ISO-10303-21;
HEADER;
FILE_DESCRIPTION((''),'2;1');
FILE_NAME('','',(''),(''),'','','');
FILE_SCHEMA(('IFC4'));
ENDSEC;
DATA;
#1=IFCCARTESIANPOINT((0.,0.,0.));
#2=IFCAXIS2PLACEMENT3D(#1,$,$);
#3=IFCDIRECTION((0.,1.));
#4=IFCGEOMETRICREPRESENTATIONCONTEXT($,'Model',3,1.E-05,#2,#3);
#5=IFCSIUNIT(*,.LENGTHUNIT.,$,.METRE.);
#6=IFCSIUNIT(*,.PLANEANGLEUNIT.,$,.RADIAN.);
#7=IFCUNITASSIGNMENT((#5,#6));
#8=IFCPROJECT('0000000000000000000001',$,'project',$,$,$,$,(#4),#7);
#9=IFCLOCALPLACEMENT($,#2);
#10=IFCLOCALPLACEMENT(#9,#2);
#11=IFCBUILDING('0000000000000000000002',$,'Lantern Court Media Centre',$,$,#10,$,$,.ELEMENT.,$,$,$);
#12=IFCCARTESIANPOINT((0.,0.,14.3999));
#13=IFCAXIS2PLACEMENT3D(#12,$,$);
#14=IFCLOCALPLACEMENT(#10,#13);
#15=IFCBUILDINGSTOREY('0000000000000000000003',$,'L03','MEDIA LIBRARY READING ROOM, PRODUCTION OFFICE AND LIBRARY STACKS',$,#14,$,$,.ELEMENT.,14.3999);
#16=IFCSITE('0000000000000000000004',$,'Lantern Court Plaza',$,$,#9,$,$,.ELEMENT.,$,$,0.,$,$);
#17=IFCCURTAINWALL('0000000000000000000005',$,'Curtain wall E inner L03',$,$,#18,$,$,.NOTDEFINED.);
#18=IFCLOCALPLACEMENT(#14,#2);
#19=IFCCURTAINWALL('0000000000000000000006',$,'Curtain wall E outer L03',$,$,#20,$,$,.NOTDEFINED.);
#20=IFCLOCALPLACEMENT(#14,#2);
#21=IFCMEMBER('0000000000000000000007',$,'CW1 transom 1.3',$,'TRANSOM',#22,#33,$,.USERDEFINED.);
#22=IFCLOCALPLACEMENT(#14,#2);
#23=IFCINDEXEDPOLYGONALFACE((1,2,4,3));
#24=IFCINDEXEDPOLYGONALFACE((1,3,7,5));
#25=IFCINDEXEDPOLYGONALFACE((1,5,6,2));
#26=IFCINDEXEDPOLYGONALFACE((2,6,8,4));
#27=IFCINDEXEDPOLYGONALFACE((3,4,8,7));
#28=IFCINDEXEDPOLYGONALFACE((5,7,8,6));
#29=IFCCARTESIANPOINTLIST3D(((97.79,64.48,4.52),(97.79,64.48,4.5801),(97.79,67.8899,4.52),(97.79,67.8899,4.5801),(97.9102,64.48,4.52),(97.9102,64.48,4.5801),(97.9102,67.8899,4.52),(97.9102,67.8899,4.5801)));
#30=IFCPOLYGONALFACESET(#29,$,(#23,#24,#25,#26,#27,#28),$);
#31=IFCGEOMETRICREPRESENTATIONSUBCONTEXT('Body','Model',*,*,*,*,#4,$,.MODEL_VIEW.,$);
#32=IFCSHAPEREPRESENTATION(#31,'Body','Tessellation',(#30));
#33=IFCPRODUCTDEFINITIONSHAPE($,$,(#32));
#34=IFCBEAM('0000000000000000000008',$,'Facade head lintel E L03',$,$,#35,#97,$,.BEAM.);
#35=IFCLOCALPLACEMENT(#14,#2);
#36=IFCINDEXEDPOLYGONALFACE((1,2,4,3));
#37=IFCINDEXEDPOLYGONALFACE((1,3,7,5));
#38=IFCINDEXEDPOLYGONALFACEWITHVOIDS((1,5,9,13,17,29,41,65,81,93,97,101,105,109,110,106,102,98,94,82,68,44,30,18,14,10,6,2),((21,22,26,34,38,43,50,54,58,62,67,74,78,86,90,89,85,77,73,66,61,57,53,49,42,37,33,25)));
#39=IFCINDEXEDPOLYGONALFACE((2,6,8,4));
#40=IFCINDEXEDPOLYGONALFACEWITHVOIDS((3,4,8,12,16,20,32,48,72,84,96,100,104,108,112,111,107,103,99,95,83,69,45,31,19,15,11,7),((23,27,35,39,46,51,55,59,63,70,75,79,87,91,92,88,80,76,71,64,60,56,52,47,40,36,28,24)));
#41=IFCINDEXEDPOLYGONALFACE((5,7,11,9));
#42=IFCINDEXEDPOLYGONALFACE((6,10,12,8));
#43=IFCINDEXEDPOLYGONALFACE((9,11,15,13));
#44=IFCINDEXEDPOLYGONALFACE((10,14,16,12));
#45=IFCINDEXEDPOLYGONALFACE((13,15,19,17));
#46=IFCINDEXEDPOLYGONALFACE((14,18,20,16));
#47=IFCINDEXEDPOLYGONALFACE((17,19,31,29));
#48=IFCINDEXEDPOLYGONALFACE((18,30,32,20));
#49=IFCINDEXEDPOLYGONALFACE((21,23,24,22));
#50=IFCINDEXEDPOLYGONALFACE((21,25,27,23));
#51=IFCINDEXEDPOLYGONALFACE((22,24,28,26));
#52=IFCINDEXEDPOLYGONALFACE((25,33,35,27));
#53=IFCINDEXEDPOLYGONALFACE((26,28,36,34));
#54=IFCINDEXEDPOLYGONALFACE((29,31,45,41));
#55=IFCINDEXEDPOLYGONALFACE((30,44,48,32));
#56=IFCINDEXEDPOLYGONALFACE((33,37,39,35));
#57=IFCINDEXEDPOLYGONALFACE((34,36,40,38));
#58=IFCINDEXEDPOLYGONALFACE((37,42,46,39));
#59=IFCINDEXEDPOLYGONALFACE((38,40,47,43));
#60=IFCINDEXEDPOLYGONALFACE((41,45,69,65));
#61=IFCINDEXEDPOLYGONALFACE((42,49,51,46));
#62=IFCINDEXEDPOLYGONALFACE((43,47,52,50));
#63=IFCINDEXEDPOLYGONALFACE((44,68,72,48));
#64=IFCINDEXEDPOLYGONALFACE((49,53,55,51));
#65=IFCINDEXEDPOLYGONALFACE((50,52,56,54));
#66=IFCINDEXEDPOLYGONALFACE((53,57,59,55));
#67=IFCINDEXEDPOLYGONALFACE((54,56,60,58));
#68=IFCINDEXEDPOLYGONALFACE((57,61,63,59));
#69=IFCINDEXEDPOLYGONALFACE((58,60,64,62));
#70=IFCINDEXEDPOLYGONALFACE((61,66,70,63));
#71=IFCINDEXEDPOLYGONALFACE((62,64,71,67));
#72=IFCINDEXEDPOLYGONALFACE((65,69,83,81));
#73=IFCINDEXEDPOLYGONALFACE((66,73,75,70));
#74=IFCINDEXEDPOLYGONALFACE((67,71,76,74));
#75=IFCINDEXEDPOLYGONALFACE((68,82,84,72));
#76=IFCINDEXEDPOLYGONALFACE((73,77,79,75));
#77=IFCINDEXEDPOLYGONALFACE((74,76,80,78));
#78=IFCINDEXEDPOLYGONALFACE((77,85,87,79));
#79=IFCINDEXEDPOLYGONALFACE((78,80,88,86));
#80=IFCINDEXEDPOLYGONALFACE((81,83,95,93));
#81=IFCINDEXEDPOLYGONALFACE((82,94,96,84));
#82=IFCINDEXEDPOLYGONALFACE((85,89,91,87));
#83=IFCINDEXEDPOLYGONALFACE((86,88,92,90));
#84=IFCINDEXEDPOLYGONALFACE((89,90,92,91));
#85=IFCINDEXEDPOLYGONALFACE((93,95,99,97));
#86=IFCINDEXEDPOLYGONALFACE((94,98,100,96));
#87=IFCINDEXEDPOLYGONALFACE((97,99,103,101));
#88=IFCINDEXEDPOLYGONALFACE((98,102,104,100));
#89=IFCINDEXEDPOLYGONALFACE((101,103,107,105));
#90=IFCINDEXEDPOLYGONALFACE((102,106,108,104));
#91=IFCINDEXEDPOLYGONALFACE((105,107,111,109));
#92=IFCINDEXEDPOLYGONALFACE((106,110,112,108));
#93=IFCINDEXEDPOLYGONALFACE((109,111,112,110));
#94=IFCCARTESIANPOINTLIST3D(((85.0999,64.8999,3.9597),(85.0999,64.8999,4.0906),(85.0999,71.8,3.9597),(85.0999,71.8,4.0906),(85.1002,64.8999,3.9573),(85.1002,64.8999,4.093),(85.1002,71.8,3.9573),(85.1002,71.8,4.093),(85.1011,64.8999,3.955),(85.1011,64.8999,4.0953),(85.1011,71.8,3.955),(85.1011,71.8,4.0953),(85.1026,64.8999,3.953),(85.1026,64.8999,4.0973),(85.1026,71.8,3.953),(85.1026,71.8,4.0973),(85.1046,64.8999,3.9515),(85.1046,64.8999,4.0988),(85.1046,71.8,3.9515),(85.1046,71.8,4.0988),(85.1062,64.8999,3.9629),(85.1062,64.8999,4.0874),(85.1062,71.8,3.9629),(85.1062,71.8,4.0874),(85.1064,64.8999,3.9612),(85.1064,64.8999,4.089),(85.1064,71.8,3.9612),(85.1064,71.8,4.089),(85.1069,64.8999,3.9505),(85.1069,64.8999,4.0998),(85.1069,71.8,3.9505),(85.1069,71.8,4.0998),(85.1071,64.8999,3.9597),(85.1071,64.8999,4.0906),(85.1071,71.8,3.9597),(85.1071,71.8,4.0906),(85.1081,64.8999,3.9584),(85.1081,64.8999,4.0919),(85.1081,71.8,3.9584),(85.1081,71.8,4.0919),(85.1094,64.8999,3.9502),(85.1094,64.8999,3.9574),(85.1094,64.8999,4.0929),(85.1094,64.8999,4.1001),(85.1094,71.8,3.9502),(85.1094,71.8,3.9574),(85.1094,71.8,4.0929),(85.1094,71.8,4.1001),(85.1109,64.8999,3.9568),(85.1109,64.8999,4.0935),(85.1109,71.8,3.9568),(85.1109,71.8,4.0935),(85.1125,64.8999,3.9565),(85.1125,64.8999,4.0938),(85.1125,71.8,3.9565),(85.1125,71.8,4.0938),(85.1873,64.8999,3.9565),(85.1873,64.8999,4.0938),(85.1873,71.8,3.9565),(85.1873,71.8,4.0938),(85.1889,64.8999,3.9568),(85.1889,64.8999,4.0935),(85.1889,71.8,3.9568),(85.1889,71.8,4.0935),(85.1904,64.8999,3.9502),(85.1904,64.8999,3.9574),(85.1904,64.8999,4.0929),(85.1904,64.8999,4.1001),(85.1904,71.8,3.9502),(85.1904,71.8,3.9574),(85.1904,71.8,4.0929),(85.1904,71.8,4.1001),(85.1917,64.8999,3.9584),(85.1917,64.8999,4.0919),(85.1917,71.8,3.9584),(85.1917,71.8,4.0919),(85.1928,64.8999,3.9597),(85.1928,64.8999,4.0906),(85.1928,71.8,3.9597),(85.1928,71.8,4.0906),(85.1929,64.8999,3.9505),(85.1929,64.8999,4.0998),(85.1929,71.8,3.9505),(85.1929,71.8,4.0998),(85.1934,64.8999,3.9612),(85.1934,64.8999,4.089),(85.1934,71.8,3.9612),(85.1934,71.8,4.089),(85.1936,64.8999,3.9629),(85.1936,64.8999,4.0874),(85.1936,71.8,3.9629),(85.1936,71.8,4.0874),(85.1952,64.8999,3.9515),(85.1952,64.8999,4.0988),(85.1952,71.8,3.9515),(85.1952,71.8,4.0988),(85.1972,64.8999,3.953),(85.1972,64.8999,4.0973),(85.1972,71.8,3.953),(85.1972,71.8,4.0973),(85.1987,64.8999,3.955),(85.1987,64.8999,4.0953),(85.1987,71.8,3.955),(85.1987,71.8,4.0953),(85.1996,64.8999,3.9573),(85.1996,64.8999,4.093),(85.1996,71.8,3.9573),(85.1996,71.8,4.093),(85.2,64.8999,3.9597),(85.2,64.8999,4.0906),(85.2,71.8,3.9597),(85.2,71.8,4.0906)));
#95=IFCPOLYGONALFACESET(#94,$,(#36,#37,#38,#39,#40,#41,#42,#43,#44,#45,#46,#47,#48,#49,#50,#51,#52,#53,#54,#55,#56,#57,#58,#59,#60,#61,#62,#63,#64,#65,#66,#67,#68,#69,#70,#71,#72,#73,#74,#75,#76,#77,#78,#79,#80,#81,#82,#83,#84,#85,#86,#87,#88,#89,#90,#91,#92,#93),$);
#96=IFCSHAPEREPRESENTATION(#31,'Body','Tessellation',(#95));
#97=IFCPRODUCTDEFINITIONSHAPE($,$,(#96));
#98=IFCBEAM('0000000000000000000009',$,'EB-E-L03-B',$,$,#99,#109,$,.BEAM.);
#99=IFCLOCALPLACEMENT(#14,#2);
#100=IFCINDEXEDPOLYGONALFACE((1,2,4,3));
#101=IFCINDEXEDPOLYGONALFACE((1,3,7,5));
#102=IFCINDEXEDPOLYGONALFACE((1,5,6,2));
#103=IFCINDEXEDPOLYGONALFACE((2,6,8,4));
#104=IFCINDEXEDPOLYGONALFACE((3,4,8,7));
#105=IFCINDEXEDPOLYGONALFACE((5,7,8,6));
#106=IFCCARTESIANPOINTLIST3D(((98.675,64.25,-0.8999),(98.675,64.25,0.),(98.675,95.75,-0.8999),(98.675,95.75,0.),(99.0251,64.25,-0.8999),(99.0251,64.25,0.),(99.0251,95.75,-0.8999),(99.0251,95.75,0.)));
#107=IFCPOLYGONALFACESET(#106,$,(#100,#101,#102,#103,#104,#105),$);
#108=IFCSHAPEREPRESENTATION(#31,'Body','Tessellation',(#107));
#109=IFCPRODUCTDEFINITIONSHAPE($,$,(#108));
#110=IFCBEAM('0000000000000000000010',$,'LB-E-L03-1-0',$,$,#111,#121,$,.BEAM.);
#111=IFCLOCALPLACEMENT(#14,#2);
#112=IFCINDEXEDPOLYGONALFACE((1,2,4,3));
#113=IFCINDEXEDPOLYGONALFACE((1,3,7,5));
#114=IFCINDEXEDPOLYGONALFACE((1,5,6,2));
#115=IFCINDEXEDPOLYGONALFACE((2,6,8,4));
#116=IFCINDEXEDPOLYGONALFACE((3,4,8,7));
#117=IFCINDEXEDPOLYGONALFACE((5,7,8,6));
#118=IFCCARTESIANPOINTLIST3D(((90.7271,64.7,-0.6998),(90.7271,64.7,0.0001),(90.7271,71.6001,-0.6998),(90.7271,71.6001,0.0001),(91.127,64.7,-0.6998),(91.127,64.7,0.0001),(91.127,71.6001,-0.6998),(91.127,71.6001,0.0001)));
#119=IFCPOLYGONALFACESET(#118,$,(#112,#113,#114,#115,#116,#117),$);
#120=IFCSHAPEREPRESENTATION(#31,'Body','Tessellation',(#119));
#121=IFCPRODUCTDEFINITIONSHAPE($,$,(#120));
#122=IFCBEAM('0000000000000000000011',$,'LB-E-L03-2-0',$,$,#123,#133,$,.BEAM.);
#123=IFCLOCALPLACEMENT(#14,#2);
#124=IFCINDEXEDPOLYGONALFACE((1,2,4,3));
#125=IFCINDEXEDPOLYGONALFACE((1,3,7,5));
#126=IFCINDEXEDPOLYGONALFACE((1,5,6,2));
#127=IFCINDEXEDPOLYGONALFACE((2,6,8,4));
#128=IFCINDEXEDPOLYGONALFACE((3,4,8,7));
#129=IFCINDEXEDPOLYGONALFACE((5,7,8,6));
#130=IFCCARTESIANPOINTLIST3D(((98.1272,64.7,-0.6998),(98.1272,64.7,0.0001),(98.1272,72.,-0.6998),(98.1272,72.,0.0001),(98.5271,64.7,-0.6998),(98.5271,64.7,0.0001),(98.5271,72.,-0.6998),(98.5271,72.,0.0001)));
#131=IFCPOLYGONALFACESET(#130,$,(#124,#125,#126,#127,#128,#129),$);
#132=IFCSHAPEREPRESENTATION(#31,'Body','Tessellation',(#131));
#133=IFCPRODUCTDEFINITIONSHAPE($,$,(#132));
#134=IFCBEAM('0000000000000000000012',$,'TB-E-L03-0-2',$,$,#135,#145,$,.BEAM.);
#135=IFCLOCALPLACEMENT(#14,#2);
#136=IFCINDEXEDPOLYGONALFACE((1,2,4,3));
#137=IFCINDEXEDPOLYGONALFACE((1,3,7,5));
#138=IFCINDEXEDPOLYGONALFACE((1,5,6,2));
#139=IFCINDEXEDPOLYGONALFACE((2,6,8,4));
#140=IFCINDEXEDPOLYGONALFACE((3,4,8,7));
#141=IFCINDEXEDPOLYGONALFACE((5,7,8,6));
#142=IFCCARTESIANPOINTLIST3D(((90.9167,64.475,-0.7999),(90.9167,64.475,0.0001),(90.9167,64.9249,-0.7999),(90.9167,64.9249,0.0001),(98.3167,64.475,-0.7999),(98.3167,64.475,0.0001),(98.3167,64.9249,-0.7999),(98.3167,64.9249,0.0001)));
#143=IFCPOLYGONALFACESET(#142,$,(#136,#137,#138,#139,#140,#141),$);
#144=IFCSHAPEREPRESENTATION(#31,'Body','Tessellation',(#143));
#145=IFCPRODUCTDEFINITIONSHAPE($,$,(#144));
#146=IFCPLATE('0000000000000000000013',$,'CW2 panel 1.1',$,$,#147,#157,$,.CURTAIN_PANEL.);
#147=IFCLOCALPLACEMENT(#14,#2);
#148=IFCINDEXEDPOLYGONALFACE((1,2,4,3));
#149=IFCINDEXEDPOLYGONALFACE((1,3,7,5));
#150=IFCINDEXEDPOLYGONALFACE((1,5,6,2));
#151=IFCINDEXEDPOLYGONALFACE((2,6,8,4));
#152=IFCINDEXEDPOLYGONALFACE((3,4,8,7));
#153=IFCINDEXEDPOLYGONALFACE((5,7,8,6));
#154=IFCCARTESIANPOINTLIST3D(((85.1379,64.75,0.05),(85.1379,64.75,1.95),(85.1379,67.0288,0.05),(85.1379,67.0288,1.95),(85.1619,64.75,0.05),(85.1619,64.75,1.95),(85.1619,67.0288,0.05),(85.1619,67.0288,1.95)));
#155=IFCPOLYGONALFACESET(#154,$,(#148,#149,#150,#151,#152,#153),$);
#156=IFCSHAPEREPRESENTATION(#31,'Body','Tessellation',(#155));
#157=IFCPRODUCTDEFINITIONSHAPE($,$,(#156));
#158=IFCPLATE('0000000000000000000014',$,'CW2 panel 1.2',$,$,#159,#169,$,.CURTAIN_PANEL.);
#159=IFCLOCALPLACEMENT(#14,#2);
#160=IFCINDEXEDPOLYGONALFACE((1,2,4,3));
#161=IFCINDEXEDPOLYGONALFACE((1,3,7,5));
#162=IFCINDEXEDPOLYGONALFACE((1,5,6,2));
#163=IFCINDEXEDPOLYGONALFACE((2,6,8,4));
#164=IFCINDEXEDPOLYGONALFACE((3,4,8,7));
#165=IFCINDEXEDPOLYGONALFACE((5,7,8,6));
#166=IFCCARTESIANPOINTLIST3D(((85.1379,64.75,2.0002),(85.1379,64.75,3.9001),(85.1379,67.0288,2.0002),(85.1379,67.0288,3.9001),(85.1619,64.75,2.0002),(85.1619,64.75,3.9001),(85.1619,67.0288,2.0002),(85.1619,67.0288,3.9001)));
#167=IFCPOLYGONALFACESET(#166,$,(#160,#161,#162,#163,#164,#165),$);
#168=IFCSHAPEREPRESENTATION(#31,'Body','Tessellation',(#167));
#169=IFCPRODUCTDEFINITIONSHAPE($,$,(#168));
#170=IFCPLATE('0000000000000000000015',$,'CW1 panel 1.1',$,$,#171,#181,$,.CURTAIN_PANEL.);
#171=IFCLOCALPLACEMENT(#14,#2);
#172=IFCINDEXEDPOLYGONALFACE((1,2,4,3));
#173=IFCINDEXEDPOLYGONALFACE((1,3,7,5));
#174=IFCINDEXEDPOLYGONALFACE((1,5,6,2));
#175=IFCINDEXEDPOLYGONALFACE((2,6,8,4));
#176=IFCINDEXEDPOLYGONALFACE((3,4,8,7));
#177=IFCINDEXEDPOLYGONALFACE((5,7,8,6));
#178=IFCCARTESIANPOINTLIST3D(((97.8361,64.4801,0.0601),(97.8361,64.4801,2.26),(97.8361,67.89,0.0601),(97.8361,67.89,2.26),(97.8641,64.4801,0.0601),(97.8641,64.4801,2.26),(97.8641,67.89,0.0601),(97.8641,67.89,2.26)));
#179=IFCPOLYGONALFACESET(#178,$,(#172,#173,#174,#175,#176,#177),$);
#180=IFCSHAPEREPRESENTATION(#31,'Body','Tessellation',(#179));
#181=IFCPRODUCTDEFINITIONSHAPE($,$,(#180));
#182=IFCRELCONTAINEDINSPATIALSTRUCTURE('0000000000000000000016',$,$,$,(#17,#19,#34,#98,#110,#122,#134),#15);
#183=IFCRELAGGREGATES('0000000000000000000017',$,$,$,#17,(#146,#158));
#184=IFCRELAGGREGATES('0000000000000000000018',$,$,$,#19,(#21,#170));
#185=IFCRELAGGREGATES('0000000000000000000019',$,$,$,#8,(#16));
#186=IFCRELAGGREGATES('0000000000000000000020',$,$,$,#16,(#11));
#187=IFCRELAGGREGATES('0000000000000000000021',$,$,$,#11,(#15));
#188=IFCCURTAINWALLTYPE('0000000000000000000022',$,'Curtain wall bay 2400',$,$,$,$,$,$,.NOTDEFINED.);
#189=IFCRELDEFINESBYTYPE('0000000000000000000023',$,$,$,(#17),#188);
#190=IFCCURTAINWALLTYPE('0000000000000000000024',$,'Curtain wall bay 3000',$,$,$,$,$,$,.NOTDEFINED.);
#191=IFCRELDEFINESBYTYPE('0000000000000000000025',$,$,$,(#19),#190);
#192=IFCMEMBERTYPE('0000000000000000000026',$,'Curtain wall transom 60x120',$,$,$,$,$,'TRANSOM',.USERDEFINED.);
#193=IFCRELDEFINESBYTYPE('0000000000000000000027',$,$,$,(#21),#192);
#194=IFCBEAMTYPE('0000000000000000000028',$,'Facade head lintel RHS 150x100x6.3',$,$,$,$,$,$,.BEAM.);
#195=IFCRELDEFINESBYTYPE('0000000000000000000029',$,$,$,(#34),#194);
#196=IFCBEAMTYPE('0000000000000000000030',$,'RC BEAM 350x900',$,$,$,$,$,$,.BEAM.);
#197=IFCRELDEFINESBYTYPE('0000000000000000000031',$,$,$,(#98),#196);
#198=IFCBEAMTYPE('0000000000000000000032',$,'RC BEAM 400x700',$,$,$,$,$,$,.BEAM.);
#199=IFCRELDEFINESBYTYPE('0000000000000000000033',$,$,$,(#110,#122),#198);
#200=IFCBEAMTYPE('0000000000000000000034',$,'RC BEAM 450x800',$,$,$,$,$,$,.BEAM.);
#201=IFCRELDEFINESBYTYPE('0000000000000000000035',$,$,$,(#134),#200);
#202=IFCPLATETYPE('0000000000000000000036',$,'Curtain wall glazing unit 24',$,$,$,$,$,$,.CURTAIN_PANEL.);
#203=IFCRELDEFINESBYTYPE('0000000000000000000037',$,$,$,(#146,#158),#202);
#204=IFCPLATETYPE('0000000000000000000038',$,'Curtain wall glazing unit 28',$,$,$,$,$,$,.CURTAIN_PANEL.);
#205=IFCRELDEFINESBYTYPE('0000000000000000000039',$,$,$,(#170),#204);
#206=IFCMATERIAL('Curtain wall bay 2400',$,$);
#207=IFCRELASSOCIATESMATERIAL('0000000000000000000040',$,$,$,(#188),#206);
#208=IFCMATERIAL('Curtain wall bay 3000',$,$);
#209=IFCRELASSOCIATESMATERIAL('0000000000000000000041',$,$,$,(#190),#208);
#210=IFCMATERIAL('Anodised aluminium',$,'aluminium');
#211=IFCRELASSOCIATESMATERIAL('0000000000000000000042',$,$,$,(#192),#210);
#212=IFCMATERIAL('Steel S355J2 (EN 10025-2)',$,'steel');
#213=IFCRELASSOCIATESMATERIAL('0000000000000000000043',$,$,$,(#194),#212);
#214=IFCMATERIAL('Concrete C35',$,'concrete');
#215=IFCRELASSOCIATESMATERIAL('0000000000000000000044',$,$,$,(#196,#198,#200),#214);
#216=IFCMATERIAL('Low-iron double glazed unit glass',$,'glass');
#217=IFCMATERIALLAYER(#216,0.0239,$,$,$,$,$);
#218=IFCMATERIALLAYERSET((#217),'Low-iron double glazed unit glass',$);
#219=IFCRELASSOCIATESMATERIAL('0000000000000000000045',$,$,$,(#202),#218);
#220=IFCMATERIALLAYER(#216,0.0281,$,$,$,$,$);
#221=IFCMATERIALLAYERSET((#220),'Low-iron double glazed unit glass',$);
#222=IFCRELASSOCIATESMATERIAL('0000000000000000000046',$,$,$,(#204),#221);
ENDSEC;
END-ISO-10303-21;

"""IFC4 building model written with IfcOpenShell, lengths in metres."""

from ifc_helpers import new_model, si_unit, direction, frame, origin, origin_2d, place, context, subcontext, project, spatial, rectangle, hollow_rectangle, extrude, material, layer, layer_set, material_profile, profile_set, type_object, element, aggregate, save


model = new_model("IFC4")

# Units and contexts
model_context = context("Model", 3, precision=1e-05, world=origin(), true_north=direction((0.0, 1.0)))
body_context = subcontext(model_context, "Body", "Model", "MODEL_VIEW")
ifc_project = project(units=[si_unit("LENGTHUNIT", "METRE"), si_unit("PLANEANGLEUNIT", "RADIAN")], contexts=[model_context])

# Site, building, storey
site_placement = place(None, origin())
site = spatial("IfcSite", under=ifc_project, at=site_placement, Name="Lantern Court Plaza", CompositionType="ELEMENT", RefElevation=0.0)
building_placement = place(site_placement, origin())
building = spatial("IfcBuilding", under=site, at=building_placement, Name="Lantern Court Media Centre", CompositionType="ELEMENT")
storey_placement = place(building_placement, frame((0.0, 0.0, 14.3999)))
storey = spatial("IfcBuildingStorey", under=building, at=storey_placement, Name="L03", Description="MEDIA LIBRARY READING ROOM, PRODUCTION OFFICE AND LIBRARY STACKS", CompositionType="ELEMENT", Elevation=14.3999)

# Shared definitions
ifc_material_1 = material(Name="Concrete C35", Category="concrete")

# Curtain walls
ifc_material_2 = material(Name="Curtain wall bay 2400")
curtain_wall_type_1 = type_object("IfcCurtainWallType", Name="Curtain wall bay 2400", PredefinedType="NOTDEFINED", material=ifc_material_2)
curtain_wall_1_placement = place(storey_placement, origin())
curtain_wall_1 = element("IfcCurtainWall", 1, at=curtain_wall_1_placement, inside=storey, type_object=curtain_wall_type_1, Name="Curtain wall E inner L03", PredefinedType="NOTDEFINED")
ifc_material_3 = material(Name="Anodised aluminium", Category="aluminium")
ifc_material_4 = material(Name="Curtain wall bay 3000")
curtain_wall_type_2 = type_object("IfcCurtainWallType", Name="Curtain wall bay 3000", PredefinedType="NOTDEFINED", material=ifc_material_4)
curtain_wall_2_placement = place(storey_placement, origin())
curtain_wall_2 = element("IfcCurtainWall", 2, at=curtain_wall_2_placement, inside=storey, type_object=curtain_wall_type_2, Name="Curtain wall E outer L03", PredefinedType="NOTDEFINED")

# Member
ifc_material_profile_1 = material_profile(ifc_material_3, rectangle(XDim=0.1201, YDim=0.0601, at=origin_2d()), Name="AL 60x120")
ifc_profile_set_1 = profile_set([ifc_material_profile_1], Name="Anodised aluminium")
member_type_1 = type_object("IfcMemberType", Name="Curtain wall transom 60x120", ElementType="TRANSOM", PredefinedType="USERDEFINED", material=ifc_profile_set_1)
member_1_placement = place(storey_placement, frame((97.8501, 64.48, 4.55), z_axis=(0.0, 1.0, 0.0), x_axis=(-1.0, 0.0, 0.0)))
member_1 = element("IfcMember", 3, at=member_1_placement, type_object=member_type_1, Name="CW1 transom 1.3", ObjectType="TRANSOM", PredefinedType="USERDEFINED", context=body_context, shape_type="SweptSolid", body=[
    extrude(rectangle(XDim=0.1201, YDim=0.0601, at=origin_2d()), origin(), (0.0, 0.0, 1.0), 3.4099),
])

# Beams
ifc_material_5 = material(Name="Steel S355J2 (EN 10025-2)", Category="steel")
ifc_material_profile_2 = material_profile(ifc_material_5, hollow_rectangle(XDim=0.1001, YDim=0.1499, WallThickness=0.0063, InnerFilletRadius=0.0063, OuterFilletRadius=0.0095, at=origin_2d()), Name="Facade head lintel RHS 150x100x6.3")
ifc_profile_set_2 = profile_set([ifc_material_profile_2], Name="Steel S355J2 (EN 10025-2)")
beam_type_1 = type_object("IfcBeamType", Name="Facade head lintel RHS 150x100x6.3", PredefinedType="BEAM", material=ifc_profile_set_2)
beam_1_placement = place(storey_placement, frame((85.1499, 64.8999, 4.0251), z_axis=(0.0, 1.0, 0.0), x_axis=(-1.0, 0.0, 0.0)))
element("IfcBeam", 4, at=beam_1_placement, inside=storey, type_object=beam_type_1, Name="Facade head lintel E L03", PredefinedType="BEAM", context=body_context, shape_type="SweptSolid", body=[
    extrude(hollow_rectangle(XDim=0.1001, YDim=0.1499, WallThickness=0.0063, InnerFilletRadius=0.0063, OuterFilletRadius=0.0095, at=origin_2d()), origin(), (0.0, 0.0, 1.0), 6.9001),
])
ifc_material_profile_3 = material_profile(ifc_material_1, rectangle(XDim=0.3501, YDim=0.8999, at=origin_2d()), Name="RC 350x900")
ifc_profile_set_3 = profile_set([ifc_material_profile_3], Name="Concrete C35")
beam_type_2 = type_object("IfcBeamType", Name="RC BEAM 350x900", PredefinedType="BEAM", material=ifc_profile_set_3)
beam_2_placement = place(storey_placement, frame((98.8501, 64.25, -0.45), z_axis=(0.0, 1.0, 0.0), x_axis=(-1.0, 0.0, 0.0)))
element("IfcBeam", 5, at=beam_2_placement, inside=storey, type_object=beam_type_2, Name="EB-E-L03-B", PredefinedType="BEAM", context=body_context, shape_type="SweptSolid", body=[
    extrude(rectangle(XDim=0.3501, YDim=0.8999, at=origin_2d()), origin(), (0.0, 0.0, 1.0), 31.5),
])
ifc_material_profile_4 = material_profile(ifc_material_1, rectangle(XDim=0.3999, YDim=0.7, at=origin_2d()), Name="RC 400x700")
ifc_profile_set_4 = profile_set([ifc_material_profile_4], Name="Concrete C35")
beam_type_3 = type_object("IfcBeamType", Name="RC BEAM 400x700", PredefinedType="BEAM", material=ifc_profile_set_4)
beam_3_placement = place(storey_placement, frame((90.927, 64.7, -0.3499), z_axis=(0.0, 1.0, 0.0), x_axis=(-1.0, 0.0, 0.0)))
element("IfcBeam", 6, at=beam_3_placement, inside=storey, type_object=beam_type_3, Name="LB-E-L03-1-0", PredefinedType="BEAM", context=body_context, shape_type="SweptSolid", body=[
    extrude(rectangle(XDim=0.3999, YDim=0.7, at=origin_2d()), origin(), (0.0, 0.0, 1.0), 6.9001),
])
beam_4_placement = place(storey_placement, frame((98.3271, 64.7, -0.3499), z_axis=(0.0, 1.0, 0.0), x_axis=(-1.0, 0.0, 0.0)))
element("IfcBeam", 7, at=beam_4_placement, inside=storey, type_object=beam_type_3, Name="LB-E-L03-2-0", PredefinedType="BEAM", context=body_context, shape_type="SweptSolid", body=[
    extrude(rectangle(XDim=0.3999, YDim=0.7, at=origin_2d()), origin(), (0.0, 0.0, 1.0), 7.3),
])
ifc_material_profile_5 = material_profile(ifc_material_1, rectangle(XDim=0.45, YDim=0.8, at=origin_2d()), Name="RC 450x800")
ifc_profile_set_5 = profile_set([ifc_material_profile_5], Name="Concrete C35")
beam_type_4 = type_object("IfcBeamType", Name="RC BEAM 450x800", PredefinedType="BEAM", material=ifc_profile_set_5)
beam_5_placement = place(storey_placement, frame((90.9167, 64.7, -0.3999), z_axis=(1.0, 0.0, 0.0), x_axis=(0.0, 1.0, 0.0)))
element("IfcBeam", 8, at=beam_5_placement, inside=storey, type_object=beam_type_4, Name="TB-E-L03-0-2", PredefinedType="BEAM", context=body_context, shape_type="SweptSolid", body=[
    extrude(rectangle(XDim=0.45, YDim=0.8, at=origin_2d()), origin(), (0.0, 0.0, 1.0), 7.3999),
])

# Plates
ifc_material_6 = material(Name="Low-iron double glazed unit glass", Category="glass")
ifc_layer_1 = layer(ifc_material_6, 0.0239)
ifc_layer_set_1 = layer_set([ifc_layer_1], Name="Low-iron double glazed unit glass")
plate_type_1 = type_object("IfcPlateType", Name="Curtain wall glazing unit 24", PredefinedType="CURTAIN_PANEL", material=ifc_layer_set_1)
plate_1_placement = place(storey_placement, frame((85.1499, 65.8894, 0.05), z_axis=(0.0, 0.0, 1.0), x_axis=(0.0, 1.0, 0.0)))
plate_1 = element("IfcPlate", 9, at=plate_1_placement, type_object=plate_type_1, Name="CW2 panel 1.1", PredefinedType="CURTAIN_PANEL", context=body_context, shape_type="SweptSolid", body=[
    extrude(rectangle(XDim=2.2788, YDim=0.0239, at=origin_2d()), origin(), (0.0, 0.0, 1.0), 1.8999),
])
plate_2_placement = place(storey_placement, frame((85.1499, 65.8894, 2.0002), z_axis=(0.0, 0.0, 1.0), x_axis=(0.0, 1.0, 0.0)))
plate_2 = element("IfcPlate", 10, at=plate_2_placement, type_object=plate_type_1, Name="CW2 panel 1.2", PredefinedType="CURTAIN_PANEL", context=body_context, shape_type="SweptSolid", body=[
    extrude(rectangle(XDim=2.2788, YDim=0.0239, at=origin_2d()), origin(), (0.0, 0.0, 1.0), 1.8999),
])
aggregate(curtain_wall_1, [plate_1, plate_2])
ifc_layer_2 = layer(ifc_material_6, 0.0281)
ifc_layer_set_2 = layer_set([ifc_layer_2], Name="Low-iron double glazed unit glass")
plate_type_2 = type_object("IfcPlateType", Name="Curtain wall glazing unit 28", PredefinedType="CURTAIN_PANEL", material=ifc_layer_set_2)
plate_3_placement = place(storey_placement, frame((97.8501, 66.1851, 0.0601), z_axis=(0.0, 0.0, 1.0), x_axis=(0.0, 1.0, 0.0)))
plate_3 = element("IfcPlate", 11, at=plate_3_placement, type_object=plate_type_2, Name="CW1 panel 1.1", PredefinedType="CURTAIN_PANEL", context=body_context, shape_type="SweptSolid", body=[
    extrude(rectangle(XDim=3.4099, YDim=0.0281, at=origin_2d()), origin(), (0.0, 0.0, 1.0), 2.2),
])
aggregate(curtain_wall_2, [member_1, plate_3])

save(model, "model.ifc")
